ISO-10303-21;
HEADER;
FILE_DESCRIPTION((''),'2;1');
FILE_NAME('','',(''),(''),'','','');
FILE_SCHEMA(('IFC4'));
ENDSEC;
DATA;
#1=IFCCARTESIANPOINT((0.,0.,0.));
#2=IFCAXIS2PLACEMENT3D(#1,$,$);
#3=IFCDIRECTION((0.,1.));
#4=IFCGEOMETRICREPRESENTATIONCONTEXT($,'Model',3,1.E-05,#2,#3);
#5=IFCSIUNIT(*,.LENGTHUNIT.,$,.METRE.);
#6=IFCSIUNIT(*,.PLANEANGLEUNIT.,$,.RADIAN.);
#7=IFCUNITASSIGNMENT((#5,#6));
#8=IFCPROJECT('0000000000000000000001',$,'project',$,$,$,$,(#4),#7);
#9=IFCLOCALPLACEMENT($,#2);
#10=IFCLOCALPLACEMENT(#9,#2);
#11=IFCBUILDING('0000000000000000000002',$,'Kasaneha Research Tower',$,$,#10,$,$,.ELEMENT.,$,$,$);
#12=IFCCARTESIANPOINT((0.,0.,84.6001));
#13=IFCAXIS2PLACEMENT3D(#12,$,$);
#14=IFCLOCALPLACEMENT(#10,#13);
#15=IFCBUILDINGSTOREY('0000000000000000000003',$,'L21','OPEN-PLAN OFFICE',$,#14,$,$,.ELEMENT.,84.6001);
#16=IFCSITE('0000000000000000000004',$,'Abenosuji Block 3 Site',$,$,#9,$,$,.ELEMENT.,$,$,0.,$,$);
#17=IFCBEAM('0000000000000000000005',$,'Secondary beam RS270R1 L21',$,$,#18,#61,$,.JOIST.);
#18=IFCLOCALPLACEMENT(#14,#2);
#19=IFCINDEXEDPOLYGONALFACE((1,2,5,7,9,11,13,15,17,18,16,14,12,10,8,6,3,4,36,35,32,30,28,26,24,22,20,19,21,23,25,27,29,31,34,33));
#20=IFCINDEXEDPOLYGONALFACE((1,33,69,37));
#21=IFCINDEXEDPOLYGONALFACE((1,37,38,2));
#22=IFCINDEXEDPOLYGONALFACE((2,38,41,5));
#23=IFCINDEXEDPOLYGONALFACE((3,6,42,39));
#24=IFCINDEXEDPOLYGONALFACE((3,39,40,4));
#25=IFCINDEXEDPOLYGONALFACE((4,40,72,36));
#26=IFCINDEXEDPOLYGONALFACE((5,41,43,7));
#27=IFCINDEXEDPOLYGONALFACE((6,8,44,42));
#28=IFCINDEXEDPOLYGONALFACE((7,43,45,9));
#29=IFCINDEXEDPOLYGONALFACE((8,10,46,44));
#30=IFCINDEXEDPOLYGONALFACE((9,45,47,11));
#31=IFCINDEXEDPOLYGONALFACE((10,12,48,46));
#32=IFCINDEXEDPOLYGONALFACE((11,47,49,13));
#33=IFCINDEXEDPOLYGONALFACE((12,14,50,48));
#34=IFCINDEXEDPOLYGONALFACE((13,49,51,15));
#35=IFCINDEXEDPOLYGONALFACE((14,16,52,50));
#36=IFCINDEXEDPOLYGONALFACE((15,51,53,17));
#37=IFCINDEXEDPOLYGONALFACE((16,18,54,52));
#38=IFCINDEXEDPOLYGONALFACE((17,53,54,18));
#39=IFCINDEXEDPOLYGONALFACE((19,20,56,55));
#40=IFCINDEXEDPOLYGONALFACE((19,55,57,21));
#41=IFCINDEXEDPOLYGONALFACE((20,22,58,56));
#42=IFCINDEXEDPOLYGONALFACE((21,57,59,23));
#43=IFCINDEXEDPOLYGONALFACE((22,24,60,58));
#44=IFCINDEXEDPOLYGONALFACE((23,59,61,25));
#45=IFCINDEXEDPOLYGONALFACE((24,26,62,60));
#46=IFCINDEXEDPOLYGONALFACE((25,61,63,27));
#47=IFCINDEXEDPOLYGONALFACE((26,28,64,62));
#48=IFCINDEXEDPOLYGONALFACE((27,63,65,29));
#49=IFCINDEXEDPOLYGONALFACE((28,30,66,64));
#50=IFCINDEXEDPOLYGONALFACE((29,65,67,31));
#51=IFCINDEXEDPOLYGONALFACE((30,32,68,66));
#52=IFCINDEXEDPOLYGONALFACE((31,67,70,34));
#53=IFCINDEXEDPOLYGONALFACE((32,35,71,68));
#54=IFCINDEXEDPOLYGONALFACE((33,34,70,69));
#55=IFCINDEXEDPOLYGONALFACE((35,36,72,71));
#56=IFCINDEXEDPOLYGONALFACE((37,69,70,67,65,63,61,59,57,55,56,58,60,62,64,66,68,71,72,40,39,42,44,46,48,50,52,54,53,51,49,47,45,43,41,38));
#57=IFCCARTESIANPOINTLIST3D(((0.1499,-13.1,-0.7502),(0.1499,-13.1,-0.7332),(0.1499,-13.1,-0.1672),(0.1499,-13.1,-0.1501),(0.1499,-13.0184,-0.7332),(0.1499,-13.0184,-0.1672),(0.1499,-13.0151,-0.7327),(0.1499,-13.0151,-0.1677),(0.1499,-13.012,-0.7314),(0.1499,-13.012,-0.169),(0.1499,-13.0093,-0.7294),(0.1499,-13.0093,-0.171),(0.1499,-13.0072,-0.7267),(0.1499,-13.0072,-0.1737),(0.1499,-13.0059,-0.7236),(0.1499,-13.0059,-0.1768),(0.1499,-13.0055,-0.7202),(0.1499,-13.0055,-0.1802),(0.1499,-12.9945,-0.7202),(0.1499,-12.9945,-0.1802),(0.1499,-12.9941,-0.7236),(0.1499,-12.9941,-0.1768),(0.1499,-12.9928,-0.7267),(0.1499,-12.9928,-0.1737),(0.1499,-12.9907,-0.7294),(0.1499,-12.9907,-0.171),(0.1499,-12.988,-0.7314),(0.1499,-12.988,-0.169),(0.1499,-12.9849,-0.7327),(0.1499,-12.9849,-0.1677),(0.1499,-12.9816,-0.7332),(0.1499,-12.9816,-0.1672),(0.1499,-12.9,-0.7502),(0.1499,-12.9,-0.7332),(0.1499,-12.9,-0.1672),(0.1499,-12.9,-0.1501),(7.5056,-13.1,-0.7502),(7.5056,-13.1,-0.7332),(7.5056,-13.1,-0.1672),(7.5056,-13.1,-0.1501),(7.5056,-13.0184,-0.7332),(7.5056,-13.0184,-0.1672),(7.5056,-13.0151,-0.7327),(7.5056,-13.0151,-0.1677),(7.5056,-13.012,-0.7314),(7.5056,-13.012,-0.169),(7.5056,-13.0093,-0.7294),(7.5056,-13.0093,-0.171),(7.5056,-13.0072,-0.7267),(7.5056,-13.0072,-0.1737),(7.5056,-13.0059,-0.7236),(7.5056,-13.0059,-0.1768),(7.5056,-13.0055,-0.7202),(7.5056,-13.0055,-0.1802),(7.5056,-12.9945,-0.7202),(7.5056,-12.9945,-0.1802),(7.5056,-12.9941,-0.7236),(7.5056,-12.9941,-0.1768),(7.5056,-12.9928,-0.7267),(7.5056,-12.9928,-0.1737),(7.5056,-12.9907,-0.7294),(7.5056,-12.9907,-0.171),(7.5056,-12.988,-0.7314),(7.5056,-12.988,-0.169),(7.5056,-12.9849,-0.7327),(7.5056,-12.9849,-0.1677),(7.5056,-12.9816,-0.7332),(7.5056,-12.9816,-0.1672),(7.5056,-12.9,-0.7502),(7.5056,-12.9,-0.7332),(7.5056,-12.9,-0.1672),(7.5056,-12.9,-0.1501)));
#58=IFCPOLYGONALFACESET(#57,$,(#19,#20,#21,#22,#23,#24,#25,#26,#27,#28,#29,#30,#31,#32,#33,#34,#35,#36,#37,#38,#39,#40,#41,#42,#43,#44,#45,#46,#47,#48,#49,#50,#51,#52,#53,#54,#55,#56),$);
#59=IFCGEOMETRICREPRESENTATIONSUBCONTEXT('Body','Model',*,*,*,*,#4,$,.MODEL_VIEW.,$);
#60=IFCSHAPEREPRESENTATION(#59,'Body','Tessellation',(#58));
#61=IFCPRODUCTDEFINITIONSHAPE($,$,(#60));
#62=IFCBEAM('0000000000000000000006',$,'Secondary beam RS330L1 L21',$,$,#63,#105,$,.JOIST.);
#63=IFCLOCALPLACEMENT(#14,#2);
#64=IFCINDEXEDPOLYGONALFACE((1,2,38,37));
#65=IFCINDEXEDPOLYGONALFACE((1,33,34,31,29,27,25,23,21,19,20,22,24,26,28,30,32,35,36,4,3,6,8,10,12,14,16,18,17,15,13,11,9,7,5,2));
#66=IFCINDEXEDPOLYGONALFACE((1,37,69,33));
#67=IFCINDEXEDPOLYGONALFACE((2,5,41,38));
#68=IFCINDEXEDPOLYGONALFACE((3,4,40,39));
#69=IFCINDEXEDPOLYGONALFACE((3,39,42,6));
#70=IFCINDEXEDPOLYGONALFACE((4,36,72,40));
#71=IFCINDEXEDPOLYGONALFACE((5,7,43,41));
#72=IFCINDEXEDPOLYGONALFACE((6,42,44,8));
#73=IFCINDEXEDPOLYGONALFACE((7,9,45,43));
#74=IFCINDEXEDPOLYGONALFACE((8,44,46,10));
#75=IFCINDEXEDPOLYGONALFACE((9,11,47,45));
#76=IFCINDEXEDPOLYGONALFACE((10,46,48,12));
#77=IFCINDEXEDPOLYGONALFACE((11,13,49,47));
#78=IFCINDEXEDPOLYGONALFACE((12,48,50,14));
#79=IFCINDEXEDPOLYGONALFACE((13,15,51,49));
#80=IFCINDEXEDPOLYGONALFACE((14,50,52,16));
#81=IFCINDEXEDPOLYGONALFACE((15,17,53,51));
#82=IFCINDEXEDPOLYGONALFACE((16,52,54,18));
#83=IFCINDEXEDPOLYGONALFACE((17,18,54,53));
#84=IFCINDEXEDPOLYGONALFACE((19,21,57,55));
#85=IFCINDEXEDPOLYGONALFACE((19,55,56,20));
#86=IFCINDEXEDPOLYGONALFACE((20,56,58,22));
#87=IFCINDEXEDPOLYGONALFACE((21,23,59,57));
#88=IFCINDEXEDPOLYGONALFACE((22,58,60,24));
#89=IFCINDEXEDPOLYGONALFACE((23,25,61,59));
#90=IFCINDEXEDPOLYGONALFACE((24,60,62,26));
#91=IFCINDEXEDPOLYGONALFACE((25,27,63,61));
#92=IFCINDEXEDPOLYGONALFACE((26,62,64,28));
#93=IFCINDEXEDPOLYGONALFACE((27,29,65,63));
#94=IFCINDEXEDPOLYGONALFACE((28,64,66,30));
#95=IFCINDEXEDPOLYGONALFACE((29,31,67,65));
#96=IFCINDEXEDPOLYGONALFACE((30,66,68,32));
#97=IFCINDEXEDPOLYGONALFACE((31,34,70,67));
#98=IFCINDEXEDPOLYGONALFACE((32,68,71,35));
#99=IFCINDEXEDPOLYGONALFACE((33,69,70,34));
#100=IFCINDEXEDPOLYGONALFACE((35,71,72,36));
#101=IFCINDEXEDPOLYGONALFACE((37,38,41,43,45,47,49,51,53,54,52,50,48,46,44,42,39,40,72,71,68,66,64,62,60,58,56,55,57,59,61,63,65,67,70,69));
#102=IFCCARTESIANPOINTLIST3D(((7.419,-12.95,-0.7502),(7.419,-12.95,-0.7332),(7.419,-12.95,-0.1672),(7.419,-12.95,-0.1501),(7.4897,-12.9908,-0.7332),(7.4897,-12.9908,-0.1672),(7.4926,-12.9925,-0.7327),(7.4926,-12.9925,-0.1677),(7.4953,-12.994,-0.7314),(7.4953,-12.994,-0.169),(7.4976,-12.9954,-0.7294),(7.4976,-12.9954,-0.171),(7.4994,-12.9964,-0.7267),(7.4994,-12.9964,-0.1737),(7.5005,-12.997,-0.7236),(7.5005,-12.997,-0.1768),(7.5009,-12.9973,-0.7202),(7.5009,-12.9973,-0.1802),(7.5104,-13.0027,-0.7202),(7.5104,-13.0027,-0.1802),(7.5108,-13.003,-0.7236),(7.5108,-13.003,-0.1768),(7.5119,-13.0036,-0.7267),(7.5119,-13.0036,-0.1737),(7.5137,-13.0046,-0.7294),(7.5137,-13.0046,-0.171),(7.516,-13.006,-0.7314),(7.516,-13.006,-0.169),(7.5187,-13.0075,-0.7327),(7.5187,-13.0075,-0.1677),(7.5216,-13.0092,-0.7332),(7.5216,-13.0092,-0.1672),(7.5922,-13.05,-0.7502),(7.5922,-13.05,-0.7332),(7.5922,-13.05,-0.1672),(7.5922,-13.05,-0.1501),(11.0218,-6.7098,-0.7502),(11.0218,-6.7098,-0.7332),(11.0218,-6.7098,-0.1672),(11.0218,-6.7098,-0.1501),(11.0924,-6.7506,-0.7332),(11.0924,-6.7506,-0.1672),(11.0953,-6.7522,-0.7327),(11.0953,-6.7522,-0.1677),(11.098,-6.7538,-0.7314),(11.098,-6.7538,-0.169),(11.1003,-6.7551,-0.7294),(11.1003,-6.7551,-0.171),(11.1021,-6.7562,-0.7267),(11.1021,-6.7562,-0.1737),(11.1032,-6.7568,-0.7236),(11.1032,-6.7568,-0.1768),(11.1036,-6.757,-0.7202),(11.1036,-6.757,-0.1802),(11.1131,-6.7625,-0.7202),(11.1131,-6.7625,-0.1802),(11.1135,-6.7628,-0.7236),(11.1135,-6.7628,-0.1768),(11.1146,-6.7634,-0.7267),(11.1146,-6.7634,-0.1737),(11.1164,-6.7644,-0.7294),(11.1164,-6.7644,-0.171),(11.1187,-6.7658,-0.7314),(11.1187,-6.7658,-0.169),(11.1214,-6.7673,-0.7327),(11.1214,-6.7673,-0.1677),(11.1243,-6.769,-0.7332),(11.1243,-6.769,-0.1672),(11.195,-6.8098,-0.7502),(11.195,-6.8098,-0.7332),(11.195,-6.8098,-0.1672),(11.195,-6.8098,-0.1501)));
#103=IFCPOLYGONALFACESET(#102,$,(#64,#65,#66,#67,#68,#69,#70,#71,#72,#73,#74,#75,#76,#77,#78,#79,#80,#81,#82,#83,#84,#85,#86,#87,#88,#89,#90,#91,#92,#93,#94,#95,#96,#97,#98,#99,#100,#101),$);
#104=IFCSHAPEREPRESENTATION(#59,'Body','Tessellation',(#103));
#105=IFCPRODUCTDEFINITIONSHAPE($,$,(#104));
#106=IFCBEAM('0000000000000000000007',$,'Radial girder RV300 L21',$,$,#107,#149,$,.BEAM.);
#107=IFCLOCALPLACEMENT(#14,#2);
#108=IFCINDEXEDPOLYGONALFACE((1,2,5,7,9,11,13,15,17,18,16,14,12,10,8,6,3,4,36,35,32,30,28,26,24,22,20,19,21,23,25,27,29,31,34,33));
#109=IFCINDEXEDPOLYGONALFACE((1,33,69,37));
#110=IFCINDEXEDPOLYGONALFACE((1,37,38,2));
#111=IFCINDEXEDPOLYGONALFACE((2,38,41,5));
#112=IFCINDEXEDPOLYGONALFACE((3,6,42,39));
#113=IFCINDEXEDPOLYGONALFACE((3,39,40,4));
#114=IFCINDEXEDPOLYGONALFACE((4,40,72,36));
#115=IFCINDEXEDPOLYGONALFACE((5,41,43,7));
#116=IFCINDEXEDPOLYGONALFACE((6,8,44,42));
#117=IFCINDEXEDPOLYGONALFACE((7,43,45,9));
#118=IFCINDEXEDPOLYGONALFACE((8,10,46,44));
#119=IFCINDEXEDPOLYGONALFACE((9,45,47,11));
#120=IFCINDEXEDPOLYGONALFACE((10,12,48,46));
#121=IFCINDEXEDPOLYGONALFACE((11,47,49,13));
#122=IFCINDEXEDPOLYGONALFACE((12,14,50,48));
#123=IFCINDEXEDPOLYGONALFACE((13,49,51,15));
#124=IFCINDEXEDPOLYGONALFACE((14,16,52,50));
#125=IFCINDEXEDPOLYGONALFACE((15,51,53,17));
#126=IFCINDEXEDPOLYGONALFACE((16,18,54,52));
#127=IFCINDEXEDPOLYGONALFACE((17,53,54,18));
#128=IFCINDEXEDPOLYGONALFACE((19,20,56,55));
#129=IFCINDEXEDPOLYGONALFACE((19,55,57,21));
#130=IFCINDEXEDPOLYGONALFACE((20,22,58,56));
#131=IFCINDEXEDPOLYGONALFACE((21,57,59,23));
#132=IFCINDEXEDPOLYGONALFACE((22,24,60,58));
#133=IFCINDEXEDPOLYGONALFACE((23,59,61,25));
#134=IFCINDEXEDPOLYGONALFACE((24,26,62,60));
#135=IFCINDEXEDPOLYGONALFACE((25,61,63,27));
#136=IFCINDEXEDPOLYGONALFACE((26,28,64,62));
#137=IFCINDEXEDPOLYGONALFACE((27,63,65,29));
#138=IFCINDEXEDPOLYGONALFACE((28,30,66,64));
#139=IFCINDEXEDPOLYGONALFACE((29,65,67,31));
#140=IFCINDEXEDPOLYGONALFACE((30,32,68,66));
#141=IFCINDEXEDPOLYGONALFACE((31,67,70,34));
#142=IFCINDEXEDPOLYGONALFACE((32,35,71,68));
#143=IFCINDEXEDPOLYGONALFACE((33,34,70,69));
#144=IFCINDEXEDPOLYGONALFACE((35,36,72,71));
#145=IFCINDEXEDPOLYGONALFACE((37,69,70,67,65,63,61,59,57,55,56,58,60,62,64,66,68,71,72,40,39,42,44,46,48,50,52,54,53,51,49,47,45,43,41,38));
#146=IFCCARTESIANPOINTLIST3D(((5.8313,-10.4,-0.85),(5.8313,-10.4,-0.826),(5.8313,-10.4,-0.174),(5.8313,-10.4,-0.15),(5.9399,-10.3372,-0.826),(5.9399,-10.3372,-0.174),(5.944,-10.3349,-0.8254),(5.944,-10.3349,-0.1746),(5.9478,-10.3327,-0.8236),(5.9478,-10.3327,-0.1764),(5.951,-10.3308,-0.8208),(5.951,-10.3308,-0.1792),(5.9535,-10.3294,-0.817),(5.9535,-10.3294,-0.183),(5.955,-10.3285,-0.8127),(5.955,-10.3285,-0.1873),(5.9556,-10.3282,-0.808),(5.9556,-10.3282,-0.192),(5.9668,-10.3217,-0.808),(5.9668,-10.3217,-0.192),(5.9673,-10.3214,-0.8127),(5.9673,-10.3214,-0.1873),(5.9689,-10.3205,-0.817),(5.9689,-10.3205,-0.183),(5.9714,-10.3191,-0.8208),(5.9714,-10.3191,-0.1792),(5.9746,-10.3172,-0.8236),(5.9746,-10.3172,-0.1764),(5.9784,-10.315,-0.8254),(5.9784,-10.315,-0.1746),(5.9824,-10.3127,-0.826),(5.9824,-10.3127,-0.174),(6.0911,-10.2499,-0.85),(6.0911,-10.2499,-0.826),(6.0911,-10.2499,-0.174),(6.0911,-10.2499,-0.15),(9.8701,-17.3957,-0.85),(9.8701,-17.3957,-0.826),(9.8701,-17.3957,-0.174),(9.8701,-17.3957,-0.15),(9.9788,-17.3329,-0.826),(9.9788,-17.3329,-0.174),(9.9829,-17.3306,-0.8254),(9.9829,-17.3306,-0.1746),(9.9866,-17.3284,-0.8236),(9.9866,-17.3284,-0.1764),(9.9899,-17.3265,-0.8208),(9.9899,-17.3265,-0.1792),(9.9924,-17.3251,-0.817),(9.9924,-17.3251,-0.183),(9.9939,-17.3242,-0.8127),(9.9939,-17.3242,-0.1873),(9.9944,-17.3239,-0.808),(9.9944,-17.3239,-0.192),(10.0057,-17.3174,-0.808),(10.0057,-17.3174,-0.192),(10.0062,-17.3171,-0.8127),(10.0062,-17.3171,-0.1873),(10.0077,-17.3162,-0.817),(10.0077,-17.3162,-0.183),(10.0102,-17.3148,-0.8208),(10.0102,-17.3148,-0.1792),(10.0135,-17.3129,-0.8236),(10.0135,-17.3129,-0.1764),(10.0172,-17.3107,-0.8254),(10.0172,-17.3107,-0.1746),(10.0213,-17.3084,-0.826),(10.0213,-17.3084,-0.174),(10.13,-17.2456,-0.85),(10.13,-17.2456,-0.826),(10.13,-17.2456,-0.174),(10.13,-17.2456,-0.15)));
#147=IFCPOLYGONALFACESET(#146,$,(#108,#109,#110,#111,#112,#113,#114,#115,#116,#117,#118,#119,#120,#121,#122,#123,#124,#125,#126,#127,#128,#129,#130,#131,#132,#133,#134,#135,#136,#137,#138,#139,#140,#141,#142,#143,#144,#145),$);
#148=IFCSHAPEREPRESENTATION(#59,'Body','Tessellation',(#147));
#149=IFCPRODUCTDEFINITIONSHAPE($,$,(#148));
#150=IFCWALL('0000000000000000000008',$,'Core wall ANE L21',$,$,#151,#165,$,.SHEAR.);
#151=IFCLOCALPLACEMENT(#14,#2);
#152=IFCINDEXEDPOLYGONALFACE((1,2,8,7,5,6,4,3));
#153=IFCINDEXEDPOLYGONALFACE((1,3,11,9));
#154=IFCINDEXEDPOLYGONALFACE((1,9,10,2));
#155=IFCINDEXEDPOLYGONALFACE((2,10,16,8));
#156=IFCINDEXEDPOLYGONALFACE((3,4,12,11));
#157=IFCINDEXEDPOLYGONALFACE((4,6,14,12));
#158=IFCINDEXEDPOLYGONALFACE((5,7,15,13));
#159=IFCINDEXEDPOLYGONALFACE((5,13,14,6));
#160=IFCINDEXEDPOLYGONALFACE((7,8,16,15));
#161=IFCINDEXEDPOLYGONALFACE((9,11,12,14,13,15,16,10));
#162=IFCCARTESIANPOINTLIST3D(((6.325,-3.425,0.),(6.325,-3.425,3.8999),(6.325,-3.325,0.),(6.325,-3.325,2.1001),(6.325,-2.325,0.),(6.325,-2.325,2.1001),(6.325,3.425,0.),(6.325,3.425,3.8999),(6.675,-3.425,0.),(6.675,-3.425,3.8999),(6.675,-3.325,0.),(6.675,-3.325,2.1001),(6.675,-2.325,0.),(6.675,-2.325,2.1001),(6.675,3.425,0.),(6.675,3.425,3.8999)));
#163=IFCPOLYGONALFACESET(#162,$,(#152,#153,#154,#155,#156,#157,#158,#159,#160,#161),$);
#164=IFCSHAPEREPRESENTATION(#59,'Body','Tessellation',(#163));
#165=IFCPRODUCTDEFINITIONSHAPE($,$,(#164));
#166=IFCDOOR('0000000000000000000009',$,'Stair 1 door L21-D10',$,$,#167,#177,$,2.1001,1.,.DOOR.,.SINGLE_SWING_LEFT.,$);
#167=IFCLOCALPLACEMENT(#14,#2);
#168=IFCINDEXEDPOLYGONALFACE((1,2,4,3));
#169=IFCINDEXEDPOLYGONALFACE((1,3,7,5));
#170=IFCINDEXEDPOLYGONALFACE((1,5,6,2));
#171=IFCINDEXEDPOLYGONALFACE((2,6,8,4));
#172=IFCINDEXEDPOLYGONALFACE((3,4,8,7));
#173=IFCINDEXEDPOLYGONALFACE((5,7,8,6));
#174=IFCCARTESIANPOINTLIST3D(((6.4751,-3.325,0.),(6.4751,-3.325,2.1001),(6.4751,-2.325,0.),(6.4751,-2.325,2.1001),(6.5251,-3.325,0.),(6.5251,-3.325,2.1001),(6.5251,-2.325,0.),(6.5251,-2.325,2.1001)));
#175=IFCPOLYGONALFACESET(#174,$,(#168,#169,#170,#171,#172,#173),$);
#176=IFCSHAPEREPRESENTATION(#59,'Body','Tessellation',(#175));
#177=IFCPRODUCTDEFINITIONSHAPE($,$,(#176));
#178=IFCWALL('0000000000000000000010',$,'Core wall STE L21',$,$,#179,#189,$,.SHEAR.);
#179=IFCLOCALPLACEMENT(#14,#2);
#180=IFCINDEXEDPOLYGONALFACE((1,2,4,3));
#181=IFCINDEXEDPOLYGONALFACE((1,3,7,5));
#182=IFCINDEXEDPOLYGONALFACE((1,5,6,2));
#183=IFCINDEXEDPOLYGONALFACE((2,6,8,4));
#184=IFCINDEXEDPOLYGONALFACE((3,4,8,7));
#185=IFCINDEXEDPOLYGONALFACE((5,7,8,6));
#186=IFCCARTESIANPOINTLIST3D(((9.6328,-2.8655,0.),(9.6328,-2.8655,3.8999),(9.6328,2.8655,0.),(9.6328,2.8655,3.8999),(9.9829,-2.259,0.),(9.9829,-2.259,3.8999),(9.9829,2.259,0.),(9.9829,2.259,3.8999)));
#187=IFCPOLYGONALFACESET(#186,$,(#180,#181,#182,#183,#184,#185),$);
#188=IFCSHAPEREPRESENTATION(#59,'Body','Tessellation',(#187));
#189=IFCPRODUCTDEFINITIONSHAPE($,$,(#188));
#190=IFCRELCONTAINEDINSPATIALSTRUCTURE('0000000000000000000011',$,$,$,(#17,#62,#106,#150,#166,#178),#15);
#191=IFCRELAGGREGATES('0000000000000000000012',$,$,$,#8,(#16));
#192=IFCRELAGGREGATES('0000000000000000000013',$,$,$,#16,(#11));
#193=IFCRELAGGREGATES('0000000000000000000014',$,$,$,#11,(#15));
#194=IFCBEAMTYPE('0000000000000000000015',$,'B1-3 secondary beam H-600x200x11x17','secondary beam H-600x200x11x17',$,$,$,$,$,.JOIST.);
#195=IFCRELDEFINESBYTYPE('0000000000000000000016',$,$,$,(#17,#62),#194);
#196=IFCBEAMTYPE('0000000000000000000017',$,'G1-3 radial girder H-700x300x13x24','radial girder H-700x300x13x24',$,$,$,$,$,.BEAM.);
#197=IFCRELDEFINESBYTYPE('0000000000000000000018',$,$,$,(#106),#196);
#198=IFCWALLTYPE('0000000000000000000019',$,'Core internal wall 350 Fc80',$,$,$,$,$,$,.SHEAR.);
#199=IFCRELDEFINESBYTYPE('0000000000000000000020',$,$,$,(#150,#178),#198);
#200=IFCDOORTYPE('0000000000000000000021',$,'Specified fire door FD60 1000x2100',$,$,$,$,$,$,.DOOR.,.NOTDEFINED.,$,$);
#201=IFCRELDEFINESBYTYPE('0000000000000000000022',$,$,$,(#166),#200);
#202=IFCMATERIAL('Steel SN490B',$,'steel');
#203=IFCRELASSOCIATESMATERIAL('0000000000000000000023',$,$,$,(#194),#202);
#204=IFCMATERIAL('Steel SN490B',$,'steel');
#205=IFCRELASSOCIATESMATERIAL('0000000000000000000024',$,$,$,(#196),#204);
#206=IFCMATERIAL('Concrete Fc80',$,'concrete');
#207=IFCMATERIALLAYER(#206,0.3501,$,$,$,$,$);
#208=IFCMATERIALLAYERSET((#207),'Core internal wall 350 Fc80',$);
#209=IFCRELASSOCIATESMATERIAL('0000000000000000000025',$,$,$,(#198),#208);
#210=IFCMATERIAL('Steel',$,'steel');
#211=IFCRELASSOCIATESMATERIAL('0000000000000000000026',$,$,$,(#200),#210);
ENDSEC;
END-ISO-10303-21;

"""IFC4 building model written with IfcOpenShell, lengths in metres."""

from ifc_helpers import new_model, si_unit, direction, frame, frame_2d, origin, origin_2d, place, context, subcontext, project, spatial, polyline, rectangle, i_section, outline, extrude, material, layer, layer_set, material_profile, profile_set, type_object, element, fill, save


model = new_model("IFC4")

# Units and contexts
model_context = context("Model", 3, precision=1e-05, world=origin(), true_north=direction((0.0, 1.0)))
body_context = subcontext(model_context, "Body", "Model", "MODEL_VIEW")
ifc_project = project(units=[si_unit("LENGTHUNIT", "METRE"), si_unit("PLANEANGLEUNIT", "RADIAN")], contexts=[model_context])

# Site, building, storey
site_placement = place(None, origin())
site = spatial("IfcSite", under=ifc_project, at=site_placement, Name="Abenosuji Block 3 Site", CompositionType="ELEMENT", RefElevation=0.0)
building_placement = place(site_placement, origin())
building = spatial("IfcBuilding", under=site, at=building_placement, Name="Kasaneha Research Tower", CompositionType="ELEMENT")
storey_placement = place(building_placement, frame((0.0, 0.0, 84.6001)))
storey = spatial("IfcBuildingStorey", under=building, at=storey_placement, Name="L21", Description="OPEN-PLAN OFFICE", CompositionType="ELEMENT", Elevation=84.6001)

# Beams
ifc_material_1 = material(Name="Steel SN490B", Category="steel")
ifc_material_profile_1 = material_profile(ifc_material_1, i_section(OverallWidth=0.2, OverallDepth=0.6001, WebThickness=0.011, FlangeThickness=0.0171, FilletRadius=0.0129, at=origin_2d()), Name="H-600x200x11x17")
ifc_profile_set_1 = profile_set([ifc_material_profile_1], Name="Steel SN490B")
beam_type_1 = type_object("IfcBeamType", Name="B1-3 secondary beam H-600x200x11x17", Description="secondary beam H-600x200x11x17", PredefinedType="JOIST", material=ifc_profile_set_1)
beam_1_placement = place(storey_placement, frame((7.5056, -13.0, -0.4502), z_axis=(-1.0, 0.0, 0.0), x_axis=(0.0, -1.0, 0.0)))
element("IfcBeam", 1, at=beam_1_placement, inside=storey, type_object=beam_type_1, Name="Secondary beam RS270R1 L21", PredefinedType="JOIST", context=body_context, shape_type="SweptSolid", body=[
    extrude(i_section(OverallWidth=0.2, OverallDepth=0.6001, WebThickness=0.011, FlangeThickness=0.0171, FilletRadius=0.0129, at=origin_2d()), origin(), (0.0, 0.0, 1.0), 7.3557),
])
beam_2_placement = place(storey_placement, frame((7.5056, -13.0, -0.4502), z_axis=(0.499998, 0.866026, 0.0), x_axis=(-0.866026, 0.499998, 0.0)))
element("IfcBeam", 2, at=beam_2_placement, inside=storey, type_object=beam_type_1, Name="Secondary beam RS330L1 L21", PredefinedType="JOIST", context=body_context, shape_type="SweptSolid", body=[
    extrude(i_section(OverallWidth=0.2, OverallDepth=0.6001, WebThickness=0.011, FlangeThickness=0.0171, FilletRadius=0.0129, at=origin_2d()), origin(), (0.0, 0.0, 1.0), 7.2056),
])
ifc_material_2 = material(Name="Steel SN490B", Category="steel")
ifc_material_profile_2 = material_profile(ifc_material_2, i_section(OverallWidth=0.3, OverallDepth=0.7, WebThickness=0.0129, FlangeThickness=0.0239, FilletRadius=0.0181, at=origin_2d()), Name="H-700x300x13x24")
ifc_profile_set_2 = profile_set([ifc_material_profile_2], Name="Steel SN490B")
beam_type_2 = type_object("IfcBeamType", Name="G1-3 radial girder H-700x300x13x24", Description="radial girder H-700x300x13x24", PredefinedType="BEAM", material=ifc_profile_set_2)
beam_3_placement = place(storey_placement, frame((5.9612, -10.325, -0.5), z_axis=(0.499991, -0.866031, 0.0), x_axis=(0.866031, 0.499991, 0.0)))
element("IfcBeam", 3, at=beam_3_placement, inside=storey, type_object=beam_type_2, Name="Radial girder RV300 L21", PredefinedType="BEAM", context=body_context, shape_type="SweptSolid", body=[
    extrude(i_section(OverallWidth=0.3, OverallDepth=0.7, WebThickness=0.0129, FlangeThickness=0.0239, FilletRadius=0.0181, at=origin_2d()), origin(), (0.0, 0.0, 1.0), 8.0779),
])

# Wall, opening, door
ifc_material_3 = material(Name="Concrete Fc80", Category="concrete")
ifc_layer_1 = layer(ifc_material_3, 0.3501)
ifc_layer_set_1 = layer_set([ifc_layer_1], Name="Core internal wall 350 Fc80")
wall_type_1 = type_object("IfcWallType", Name="Core internal wall 350 Fc80", PredefinedType="SHEAR", material=ifc_layer_set_1)
wall_1_placement = place(storey_placement, frame((6.5, -3.425, 0.0), z_axis=(0.0, 0.0, 1.0), x_axis=(0.0, 1.0, 0.0)))
wall_1 = element("IfcWall", 4, at=wall_1_placement, inside=storey, type_object=wall_type_1, Name="Core wall ANE L21", PredefinedType="SHEAR", context=body_context, shape_type="SweptSolid", body=[
    extrude(rectangle(XDim=6.8501, YDim=0.3501, at=frame_2d((3.425, 0.0))), origin(), (0.0, 0.0, 1.0), 3.8999),
])
opening_1_placement = place(wall_1_placement, frame((0.1001, 0.0, 0.0)))
opening_1 = element("IfcOpeningElement", 5, at=opening_1_placement, cuts=wall_1, PredefinedType="OPENING", context=body_context, shape_type="SweptSolid", body=[
    extrude(rectangle(XDim=1.0, YDim=2.1001, at=frame_2d((0.5, 1.05))), frame((0.0, 0.1851, 0.0), z_axis=(0.0, -1.0, 0.0), x_axis=(1.0, 0.0, 0.0)), (0.0, 0.0, 1.0), 0.3701),
])
ifc_material_4 = material(Name="Steel", Category="steel")
door_type_1 = type_object("IfcDoorType", Name="Specified fire door FD60 1000x2100", OperationType="NOTDEFINED", PredefinedType="DOOR", material=ifc_material_4)
door_1_placement = place(opening_1_placement, origin())
door_1 = element("IfcDoor", 6, at=door_1_placement, inside=storey, type_object=door_type_1, Name="Stair 1 door L21-D10", OperationType="SINGLE_SWING_LEFT", OverallHeight=2.1001, OverallWidth=1.0, PredefinedType="DOOR", context=body_context, shape_type="SweptSolid", body=[
    extrude(rectangle(XDim=1.0, YDim=2.1001, at=frame_2d((0.5, 1.05))), frame((0.0, 0.0249, 0.0), z_axis=(0.0, -1.0, 0.0), x_axis=(1.0, 0.0, 0.0)), (0.0, 0.0, 1.0), 0.05),
])
fill(opening_1, door_1)

# Wall
wall_2_placement = place(storey_placement, frame((9.8079, -2.5623, 0.0), z_axis=(0.0, 0.0, 1.0), x_axis=(0.0, 1.0, 0.0)))
element("IfcWall", 7, at=wall_2_placement, inside=storey, type_object=wall_type_1, Name="Core wall STE L21", PredefinedType="SHEAR", context=body_context, shape_type="SweptSolid", body=[
    extrude(outline(polyline([(0.3032, -0.175), (4.8213, -0.175), (5.4277, 0.175), (-0.3032, 0.175), (0.3032, -0.175)])), origin(), (0.0, 0.0, 1.0), 3.8999),
])

save(model, "model.ifc")
